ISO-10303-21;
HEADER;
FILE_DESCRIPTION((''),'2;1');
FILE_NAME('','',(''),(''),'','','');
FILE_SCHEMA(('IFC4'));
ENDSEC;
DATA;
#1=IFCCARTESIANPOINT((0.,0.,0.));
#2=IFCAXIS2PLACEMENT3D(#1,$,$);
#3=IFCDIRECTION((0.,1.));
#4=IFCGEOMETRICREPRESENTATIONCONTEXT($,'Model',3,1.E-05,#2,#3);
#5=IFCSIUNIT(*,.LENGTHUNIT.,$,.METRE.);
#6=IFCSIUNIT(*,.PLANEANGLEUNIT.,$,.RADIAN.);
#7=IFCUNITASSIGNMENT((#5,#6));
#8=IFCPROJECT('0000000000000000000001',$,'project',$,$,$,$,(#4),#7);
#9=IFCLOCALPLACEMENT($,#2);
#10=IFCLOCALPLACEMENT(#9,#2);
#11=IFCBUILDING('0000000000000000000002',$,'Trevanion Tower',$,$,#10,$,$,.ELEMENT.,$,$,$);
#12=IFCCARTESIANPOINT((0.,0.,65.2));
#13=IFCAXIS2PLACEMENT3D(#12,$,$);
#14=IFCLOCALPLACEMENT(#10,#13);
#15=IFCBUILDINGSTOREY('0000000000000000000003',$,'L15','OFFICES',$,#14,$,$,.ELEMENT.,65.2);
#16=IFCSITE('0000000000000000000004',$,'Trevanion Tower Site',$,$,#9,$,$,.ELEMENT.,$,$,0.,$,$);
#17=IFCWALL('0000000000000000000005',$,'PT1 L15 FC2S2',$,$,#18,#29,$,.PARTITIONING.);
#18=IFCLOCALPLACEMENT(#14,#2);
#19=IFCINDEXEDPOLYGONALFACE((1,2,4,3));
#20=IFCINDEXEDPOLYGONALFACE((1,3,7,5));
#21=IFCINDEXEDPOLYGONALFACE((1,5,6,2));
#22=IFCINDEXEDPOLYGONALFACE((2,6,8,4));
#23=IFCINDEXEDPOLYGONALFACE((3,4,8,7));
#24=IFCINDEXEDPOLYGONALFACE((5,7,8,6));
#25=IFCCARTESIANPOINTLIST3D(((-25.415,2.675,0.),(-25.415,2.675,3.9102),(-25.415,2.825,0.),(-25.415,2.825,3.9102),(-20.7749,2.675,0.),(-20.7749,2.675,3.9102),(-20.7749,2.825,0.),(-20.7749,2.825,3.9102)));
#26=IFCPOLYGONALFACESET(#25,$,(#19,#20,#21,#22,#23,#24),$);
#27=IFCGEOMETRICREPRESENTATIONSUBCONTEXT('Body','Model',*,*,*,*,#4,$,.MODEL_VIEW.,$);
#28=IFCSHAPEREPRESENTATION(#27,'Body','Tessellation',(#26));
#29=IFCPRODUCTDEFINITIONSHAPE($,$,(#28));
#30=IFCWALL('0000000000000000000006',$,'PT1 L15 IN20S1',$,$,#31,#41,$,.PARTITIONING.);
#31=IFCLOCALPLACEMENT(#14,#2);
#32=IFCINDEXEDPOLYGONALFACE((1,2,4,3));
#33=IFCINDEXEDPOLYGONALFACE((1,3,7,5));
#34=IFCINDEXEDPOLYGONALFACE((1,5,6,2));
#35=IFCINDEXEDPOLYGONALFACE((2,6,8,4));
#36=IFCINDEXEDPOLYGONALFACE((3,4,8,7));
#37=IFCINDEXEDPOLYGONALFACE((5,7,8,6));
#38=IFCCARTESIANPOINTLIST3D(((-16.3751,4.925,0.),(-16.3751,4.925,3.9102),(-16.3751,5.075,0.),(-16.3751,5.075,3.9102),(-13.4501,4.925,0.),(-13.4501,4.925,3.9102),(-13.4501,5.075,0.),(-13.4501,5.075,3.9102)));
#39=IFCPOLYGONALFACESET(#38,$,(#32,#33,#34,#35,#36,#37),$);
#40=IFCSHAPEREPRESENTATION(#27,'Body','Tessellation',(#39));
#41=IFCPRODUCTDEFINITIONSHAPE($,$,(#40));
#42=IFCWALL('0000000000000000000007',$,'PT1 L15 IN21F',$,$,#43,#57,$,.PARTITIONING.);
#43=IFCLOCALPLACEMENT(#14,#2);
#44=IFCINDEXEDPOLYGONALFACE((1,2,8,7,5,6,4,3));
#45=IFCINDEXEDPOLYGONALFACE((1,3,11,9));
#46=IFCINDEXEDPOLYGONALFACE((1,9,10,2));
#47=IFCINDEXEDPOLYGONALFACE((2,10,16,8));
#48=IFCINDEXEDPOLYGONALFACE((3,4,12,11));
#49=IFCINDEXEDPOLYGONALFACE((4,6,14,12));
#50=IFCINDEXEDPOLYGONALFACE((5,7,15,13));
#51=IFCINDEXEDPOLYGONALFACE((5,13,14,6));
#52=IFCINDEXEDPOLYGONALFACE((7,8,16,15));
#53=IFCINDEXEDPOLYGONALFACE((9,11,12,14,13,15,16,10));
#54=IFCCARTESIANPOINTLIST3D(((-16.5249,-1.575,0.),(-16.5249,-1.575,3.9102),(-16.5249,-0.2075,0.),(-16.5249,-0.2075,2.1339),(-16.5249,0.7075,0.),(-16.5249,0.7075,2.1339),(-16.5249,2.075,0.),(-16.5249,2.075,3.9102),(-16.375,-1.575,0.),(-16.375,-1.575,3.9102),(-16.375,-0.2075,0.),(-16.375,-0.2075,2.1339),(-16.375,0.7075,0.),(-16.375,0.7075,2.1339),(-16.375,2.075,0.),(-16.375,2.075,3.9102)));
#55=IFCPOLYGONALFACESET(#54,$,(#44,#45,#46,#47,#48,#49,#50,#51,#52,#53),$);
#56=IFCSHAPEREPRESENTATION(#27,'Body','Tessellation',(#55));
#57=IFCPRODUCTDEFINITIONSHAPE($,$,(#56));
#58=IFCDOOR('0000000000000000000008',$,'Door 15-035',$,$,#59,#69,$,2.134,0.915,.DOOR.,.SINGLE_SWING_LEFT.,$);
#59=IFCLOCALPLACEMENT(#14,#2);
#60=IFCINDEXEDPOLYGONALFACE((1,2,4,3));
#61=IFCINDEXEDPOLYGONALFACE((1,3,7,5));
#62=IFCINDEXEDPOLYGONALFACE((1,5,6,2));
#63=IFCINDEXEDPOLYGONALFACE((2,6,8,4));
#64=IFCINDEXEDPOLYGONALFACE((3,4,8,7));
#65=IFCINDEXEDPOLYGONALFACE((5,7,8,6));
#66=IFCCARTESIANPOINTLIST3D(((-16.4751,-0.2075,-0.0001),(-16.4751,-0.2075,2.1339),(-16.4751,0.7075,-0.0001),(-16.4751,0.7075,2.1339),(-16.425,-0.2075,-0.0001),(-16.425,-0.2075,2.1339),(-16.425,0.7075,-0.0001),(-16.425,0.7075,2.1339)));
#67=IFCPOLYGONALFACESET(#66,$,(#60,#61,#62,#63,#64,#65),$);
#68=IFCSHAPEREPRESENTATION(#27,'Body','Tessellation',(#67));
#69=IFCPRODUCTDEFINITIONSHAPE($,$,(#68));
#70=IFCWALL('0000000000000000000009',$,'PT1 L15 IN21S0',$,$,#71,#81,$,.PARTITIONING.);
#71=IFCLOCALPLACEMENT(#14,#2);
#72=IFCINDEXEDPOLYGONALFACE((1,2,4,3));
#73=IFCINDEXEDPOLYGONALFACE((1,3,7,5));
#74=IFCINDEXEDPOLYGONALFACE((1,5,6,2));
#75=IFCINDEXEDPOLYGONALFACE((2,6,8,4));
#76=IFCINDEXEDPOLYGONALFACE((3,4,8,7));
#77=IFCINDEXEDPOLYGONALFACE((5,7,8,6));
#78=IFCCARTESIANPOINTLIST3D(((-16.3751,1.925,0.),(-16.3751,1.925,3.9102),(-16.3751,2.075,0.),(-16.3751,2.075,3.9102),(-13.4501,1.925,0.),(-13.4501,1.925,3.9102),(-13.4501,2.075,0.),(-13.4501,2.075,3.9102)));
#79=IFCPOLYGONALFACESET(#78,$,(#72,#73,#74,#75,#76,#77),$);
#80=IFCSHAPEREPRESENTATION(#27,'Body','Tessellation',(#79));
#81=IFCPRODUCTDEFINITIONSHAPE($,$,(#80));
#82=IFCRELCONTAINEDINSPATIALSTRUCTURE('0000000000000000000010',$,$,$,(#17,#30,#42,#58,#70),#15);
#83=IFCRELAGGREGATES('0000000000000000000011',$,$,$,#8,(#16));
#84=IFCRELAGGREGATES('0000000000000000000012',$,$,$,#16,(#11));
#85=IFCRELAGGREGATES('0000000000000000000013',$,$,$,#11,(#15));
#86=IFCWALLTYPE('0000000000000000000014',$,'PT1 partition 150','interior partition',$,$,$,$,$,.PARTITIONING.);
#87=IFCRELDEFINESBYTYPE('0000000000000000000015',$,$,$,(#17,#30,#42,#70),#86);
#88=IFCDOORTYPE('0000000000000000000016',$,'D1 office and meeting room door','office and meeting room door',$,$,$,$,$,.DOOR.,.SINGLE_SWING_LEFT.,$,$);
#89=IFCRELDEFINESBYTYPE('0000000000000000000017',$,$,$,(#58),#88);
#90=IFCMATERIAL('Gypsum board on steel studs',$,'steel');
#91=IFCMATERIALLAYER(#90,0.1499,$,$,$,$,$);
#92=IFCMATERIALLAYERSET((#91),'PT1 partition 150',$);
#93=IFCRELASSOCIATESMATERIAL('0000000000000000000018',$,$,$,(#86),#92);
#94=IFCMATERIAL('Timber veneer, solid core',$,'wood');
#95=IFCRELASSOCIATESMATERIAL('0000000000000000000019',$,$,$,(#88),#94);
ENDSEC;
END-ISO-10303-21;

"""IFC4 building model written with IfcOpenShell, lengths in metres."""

from ifc_helpers import new_model, si_unit, direction, frame, frame_2d, origin, place, context, subcontext, project, spatial, rectangle, extrude, material, layer, layer_set, type_object, element, fill, save


model = new_model("IFC4")

# Units and contexts
model_context = context("Model", 3, precision=1e-05, world=origin(), true_north=direction((0.0, 1.0)))
body_context = subcontext(model_context, "Body", "Model", "MODEL_VIEW")
ifc_project = project(units=[si_unit("LENGTHUNIT", "METRE"), si_unit("PLANEANGLEUNIT", "RADIAN")], contexts=[model_context])

# Site, building, storey
site_placement = place(None, origin())
site = spatial("IfcSite", under=ifc_project, at=site_placement, Name="Trevanion Tower Site", CompositionType="ELEMENT", RefElevation=0.0)
building_placement = place(site_placement, origin())
building = spatial("IfcBuilding", under=site, at=building_placement, Name="Trevanion Tower", CompositionType="ELEMENT")
storey_placement = place(building_placement, frame((0.0, 0.0, 65.2)))
storey = spatial("IfcBuildingStorey", under=building, at=storey_placement, Name="L15", Description="OFFICES", CompositionType="ELEMENT", Elevation=65.2)

# Walls
ifc_material_1 = material(Name="Gypsum board on steel studs", Category="steel")
ifc_layer_1 = layer(ifc_material_1, 0.1499)
ifc_layer_set_1 = layer_set([ifc_layer_1], Name="PT1 partition 150")
wall_type = type_object("IfcWallType", Name="PT1 partition 150", Description="interior partition", PredefinedType="PARTITIONING", material=ifc_layer_set_1)
for number, where, z_axis, x_axis, name in (
    (1, (-20.7749, 2.75, 0.0), (0.0, 0.0, 1.0), (-1.0, 0.0, 0.0), "PT1 L15 FC2S2"),
):
    element("IfcWall", number, at=place(storey_placement, frame(where, z_axis=z_axis, x_axis=x_axis)), inside=storey, type_object=wall_type, Name=name, PredefinedType="PARTITIONING", context=body_context, shape_type="SweptSolid", body=[
        extrude(rectangle(XDim=4.6401, YDim=0.1499, at=frame_2d((2.3201, 0.0))), origin(), (0.0, 0.0, 1.0), 3.9102),
    ])
wall_1_placement = place(storey_placement, frame((-16.375, 5.0, 0.0), z_axis=(0.0, 0.0, 1.0), x_axis=(1.0, 0.0, 0.0)))
element("IfcWall", 2, at=wall_1_placement, inside=storey, type_object=wall_type, Name="PT1 L15 IN20S1", PredefinedType="PARTITIONING", context=body_context, shape_type="SweptSolid", body=[
    extrude(rectangle(XDim=2.925, YDim=0.1499, at=frame_2d((1.4624, 0.0))), origin(), (0.0, 0.0, 1.0), 3.9102),
])

# Wall, opening, door
wall_2_placement = place(storey_placement, frame((-16.45, 2.075, 0.0), z_axis=(0.0, 0.0, 1.0), x_axis=(0.0, -1.0, 0.0)))
wall_2 = element("IfcWall", 3, at=wall_2_placement, inside=storey, type_object=wall_type, Name="PT1 L15 IN21F", PredefinedType="PARTITIONING", context=body_context, shape_type="SweptSolid", body=[
    extrude(rectangle(XDim=3.6499, YDim=0.1499, at=frame_2d((1.825, 0.0))), origin(), (0.0, 0.0, 1.0), 3.9102),
])
opening_placement = place(wall_2_placement, frame((1.3674, 0.0, 0.0)))
opening = element("IfcOpeningElement", 4, at=opening_placement, cuts=wall_2, PredefinedType="OPENING", context=body_context, shape_type="SweptSolid", body=[
    extrude(rectangle(XDim=0.915, YDim=2.134, at=frame_2d((0.4575, 1.0669))), frame((0.0, 0.085, 0.0), z_axis=(0.0, -1.0, 0.0), x_axis=(1.0, 0.0, 0.0)), (0.0, 0.0, 1.0), 0.1699),
])
ifc_material_2 = material(Name="Timber veneer, solid core", Category="wood")
door_type = type_object("IfcDoorType", Name="D1 office and meeting room door", Description="office and meeting room door", OperationType="SINGLE_SWING_LEFT", PredefinedType="DOOR", material=ifc_material_2)
door_placement = place(opening_placement, origin())
door = element("IfcDoor", 5, at=door_placement, inside=storey, type_object=door_type, Name="Door 15-035", OperationType="SINGLE_SWING_LEFT", OverallHeight=2.134, OverallWidth=0.915, PredefinedType="DOOR", context=body_context, shape_type="SweptSolid", body=[
    extrude(rectangle(XDim=0.915, YDim=2.134, at=frame_2d((0.4575, 1.0669))), frame((0.0, 0.0249, 0.0), z_axis=(0.0, -1.0, 0.0), x_axis=(1.0, 0.0, 0.0)), (0.0, 0.0, 1.0), 0.05),
])
fill(opening, door)

# Wall
wall_3_placement = place(storey_placement, frame((-16.375, 2.0, 0.0), z_axis=(0.0, 0.0, 1.0), x_axis=(1.0, 0.0, 0.0)))
element("IfcWall", 6, at=wall_3_placement, inside=storey, type_object=wall_type, Name="PT1 L15 IN21S0", PredefinedType="PARTITIONING", context=body_context, shape_type="SweptSolid", body=[
    extrude(rectangle(XDim=2.925, YDim=0.1499, at=frame_2d((1.4624, 0.0))), origin(), (0.0, 0.0, 1.0), 3.9102),
])

save(model, "model.ifc")
